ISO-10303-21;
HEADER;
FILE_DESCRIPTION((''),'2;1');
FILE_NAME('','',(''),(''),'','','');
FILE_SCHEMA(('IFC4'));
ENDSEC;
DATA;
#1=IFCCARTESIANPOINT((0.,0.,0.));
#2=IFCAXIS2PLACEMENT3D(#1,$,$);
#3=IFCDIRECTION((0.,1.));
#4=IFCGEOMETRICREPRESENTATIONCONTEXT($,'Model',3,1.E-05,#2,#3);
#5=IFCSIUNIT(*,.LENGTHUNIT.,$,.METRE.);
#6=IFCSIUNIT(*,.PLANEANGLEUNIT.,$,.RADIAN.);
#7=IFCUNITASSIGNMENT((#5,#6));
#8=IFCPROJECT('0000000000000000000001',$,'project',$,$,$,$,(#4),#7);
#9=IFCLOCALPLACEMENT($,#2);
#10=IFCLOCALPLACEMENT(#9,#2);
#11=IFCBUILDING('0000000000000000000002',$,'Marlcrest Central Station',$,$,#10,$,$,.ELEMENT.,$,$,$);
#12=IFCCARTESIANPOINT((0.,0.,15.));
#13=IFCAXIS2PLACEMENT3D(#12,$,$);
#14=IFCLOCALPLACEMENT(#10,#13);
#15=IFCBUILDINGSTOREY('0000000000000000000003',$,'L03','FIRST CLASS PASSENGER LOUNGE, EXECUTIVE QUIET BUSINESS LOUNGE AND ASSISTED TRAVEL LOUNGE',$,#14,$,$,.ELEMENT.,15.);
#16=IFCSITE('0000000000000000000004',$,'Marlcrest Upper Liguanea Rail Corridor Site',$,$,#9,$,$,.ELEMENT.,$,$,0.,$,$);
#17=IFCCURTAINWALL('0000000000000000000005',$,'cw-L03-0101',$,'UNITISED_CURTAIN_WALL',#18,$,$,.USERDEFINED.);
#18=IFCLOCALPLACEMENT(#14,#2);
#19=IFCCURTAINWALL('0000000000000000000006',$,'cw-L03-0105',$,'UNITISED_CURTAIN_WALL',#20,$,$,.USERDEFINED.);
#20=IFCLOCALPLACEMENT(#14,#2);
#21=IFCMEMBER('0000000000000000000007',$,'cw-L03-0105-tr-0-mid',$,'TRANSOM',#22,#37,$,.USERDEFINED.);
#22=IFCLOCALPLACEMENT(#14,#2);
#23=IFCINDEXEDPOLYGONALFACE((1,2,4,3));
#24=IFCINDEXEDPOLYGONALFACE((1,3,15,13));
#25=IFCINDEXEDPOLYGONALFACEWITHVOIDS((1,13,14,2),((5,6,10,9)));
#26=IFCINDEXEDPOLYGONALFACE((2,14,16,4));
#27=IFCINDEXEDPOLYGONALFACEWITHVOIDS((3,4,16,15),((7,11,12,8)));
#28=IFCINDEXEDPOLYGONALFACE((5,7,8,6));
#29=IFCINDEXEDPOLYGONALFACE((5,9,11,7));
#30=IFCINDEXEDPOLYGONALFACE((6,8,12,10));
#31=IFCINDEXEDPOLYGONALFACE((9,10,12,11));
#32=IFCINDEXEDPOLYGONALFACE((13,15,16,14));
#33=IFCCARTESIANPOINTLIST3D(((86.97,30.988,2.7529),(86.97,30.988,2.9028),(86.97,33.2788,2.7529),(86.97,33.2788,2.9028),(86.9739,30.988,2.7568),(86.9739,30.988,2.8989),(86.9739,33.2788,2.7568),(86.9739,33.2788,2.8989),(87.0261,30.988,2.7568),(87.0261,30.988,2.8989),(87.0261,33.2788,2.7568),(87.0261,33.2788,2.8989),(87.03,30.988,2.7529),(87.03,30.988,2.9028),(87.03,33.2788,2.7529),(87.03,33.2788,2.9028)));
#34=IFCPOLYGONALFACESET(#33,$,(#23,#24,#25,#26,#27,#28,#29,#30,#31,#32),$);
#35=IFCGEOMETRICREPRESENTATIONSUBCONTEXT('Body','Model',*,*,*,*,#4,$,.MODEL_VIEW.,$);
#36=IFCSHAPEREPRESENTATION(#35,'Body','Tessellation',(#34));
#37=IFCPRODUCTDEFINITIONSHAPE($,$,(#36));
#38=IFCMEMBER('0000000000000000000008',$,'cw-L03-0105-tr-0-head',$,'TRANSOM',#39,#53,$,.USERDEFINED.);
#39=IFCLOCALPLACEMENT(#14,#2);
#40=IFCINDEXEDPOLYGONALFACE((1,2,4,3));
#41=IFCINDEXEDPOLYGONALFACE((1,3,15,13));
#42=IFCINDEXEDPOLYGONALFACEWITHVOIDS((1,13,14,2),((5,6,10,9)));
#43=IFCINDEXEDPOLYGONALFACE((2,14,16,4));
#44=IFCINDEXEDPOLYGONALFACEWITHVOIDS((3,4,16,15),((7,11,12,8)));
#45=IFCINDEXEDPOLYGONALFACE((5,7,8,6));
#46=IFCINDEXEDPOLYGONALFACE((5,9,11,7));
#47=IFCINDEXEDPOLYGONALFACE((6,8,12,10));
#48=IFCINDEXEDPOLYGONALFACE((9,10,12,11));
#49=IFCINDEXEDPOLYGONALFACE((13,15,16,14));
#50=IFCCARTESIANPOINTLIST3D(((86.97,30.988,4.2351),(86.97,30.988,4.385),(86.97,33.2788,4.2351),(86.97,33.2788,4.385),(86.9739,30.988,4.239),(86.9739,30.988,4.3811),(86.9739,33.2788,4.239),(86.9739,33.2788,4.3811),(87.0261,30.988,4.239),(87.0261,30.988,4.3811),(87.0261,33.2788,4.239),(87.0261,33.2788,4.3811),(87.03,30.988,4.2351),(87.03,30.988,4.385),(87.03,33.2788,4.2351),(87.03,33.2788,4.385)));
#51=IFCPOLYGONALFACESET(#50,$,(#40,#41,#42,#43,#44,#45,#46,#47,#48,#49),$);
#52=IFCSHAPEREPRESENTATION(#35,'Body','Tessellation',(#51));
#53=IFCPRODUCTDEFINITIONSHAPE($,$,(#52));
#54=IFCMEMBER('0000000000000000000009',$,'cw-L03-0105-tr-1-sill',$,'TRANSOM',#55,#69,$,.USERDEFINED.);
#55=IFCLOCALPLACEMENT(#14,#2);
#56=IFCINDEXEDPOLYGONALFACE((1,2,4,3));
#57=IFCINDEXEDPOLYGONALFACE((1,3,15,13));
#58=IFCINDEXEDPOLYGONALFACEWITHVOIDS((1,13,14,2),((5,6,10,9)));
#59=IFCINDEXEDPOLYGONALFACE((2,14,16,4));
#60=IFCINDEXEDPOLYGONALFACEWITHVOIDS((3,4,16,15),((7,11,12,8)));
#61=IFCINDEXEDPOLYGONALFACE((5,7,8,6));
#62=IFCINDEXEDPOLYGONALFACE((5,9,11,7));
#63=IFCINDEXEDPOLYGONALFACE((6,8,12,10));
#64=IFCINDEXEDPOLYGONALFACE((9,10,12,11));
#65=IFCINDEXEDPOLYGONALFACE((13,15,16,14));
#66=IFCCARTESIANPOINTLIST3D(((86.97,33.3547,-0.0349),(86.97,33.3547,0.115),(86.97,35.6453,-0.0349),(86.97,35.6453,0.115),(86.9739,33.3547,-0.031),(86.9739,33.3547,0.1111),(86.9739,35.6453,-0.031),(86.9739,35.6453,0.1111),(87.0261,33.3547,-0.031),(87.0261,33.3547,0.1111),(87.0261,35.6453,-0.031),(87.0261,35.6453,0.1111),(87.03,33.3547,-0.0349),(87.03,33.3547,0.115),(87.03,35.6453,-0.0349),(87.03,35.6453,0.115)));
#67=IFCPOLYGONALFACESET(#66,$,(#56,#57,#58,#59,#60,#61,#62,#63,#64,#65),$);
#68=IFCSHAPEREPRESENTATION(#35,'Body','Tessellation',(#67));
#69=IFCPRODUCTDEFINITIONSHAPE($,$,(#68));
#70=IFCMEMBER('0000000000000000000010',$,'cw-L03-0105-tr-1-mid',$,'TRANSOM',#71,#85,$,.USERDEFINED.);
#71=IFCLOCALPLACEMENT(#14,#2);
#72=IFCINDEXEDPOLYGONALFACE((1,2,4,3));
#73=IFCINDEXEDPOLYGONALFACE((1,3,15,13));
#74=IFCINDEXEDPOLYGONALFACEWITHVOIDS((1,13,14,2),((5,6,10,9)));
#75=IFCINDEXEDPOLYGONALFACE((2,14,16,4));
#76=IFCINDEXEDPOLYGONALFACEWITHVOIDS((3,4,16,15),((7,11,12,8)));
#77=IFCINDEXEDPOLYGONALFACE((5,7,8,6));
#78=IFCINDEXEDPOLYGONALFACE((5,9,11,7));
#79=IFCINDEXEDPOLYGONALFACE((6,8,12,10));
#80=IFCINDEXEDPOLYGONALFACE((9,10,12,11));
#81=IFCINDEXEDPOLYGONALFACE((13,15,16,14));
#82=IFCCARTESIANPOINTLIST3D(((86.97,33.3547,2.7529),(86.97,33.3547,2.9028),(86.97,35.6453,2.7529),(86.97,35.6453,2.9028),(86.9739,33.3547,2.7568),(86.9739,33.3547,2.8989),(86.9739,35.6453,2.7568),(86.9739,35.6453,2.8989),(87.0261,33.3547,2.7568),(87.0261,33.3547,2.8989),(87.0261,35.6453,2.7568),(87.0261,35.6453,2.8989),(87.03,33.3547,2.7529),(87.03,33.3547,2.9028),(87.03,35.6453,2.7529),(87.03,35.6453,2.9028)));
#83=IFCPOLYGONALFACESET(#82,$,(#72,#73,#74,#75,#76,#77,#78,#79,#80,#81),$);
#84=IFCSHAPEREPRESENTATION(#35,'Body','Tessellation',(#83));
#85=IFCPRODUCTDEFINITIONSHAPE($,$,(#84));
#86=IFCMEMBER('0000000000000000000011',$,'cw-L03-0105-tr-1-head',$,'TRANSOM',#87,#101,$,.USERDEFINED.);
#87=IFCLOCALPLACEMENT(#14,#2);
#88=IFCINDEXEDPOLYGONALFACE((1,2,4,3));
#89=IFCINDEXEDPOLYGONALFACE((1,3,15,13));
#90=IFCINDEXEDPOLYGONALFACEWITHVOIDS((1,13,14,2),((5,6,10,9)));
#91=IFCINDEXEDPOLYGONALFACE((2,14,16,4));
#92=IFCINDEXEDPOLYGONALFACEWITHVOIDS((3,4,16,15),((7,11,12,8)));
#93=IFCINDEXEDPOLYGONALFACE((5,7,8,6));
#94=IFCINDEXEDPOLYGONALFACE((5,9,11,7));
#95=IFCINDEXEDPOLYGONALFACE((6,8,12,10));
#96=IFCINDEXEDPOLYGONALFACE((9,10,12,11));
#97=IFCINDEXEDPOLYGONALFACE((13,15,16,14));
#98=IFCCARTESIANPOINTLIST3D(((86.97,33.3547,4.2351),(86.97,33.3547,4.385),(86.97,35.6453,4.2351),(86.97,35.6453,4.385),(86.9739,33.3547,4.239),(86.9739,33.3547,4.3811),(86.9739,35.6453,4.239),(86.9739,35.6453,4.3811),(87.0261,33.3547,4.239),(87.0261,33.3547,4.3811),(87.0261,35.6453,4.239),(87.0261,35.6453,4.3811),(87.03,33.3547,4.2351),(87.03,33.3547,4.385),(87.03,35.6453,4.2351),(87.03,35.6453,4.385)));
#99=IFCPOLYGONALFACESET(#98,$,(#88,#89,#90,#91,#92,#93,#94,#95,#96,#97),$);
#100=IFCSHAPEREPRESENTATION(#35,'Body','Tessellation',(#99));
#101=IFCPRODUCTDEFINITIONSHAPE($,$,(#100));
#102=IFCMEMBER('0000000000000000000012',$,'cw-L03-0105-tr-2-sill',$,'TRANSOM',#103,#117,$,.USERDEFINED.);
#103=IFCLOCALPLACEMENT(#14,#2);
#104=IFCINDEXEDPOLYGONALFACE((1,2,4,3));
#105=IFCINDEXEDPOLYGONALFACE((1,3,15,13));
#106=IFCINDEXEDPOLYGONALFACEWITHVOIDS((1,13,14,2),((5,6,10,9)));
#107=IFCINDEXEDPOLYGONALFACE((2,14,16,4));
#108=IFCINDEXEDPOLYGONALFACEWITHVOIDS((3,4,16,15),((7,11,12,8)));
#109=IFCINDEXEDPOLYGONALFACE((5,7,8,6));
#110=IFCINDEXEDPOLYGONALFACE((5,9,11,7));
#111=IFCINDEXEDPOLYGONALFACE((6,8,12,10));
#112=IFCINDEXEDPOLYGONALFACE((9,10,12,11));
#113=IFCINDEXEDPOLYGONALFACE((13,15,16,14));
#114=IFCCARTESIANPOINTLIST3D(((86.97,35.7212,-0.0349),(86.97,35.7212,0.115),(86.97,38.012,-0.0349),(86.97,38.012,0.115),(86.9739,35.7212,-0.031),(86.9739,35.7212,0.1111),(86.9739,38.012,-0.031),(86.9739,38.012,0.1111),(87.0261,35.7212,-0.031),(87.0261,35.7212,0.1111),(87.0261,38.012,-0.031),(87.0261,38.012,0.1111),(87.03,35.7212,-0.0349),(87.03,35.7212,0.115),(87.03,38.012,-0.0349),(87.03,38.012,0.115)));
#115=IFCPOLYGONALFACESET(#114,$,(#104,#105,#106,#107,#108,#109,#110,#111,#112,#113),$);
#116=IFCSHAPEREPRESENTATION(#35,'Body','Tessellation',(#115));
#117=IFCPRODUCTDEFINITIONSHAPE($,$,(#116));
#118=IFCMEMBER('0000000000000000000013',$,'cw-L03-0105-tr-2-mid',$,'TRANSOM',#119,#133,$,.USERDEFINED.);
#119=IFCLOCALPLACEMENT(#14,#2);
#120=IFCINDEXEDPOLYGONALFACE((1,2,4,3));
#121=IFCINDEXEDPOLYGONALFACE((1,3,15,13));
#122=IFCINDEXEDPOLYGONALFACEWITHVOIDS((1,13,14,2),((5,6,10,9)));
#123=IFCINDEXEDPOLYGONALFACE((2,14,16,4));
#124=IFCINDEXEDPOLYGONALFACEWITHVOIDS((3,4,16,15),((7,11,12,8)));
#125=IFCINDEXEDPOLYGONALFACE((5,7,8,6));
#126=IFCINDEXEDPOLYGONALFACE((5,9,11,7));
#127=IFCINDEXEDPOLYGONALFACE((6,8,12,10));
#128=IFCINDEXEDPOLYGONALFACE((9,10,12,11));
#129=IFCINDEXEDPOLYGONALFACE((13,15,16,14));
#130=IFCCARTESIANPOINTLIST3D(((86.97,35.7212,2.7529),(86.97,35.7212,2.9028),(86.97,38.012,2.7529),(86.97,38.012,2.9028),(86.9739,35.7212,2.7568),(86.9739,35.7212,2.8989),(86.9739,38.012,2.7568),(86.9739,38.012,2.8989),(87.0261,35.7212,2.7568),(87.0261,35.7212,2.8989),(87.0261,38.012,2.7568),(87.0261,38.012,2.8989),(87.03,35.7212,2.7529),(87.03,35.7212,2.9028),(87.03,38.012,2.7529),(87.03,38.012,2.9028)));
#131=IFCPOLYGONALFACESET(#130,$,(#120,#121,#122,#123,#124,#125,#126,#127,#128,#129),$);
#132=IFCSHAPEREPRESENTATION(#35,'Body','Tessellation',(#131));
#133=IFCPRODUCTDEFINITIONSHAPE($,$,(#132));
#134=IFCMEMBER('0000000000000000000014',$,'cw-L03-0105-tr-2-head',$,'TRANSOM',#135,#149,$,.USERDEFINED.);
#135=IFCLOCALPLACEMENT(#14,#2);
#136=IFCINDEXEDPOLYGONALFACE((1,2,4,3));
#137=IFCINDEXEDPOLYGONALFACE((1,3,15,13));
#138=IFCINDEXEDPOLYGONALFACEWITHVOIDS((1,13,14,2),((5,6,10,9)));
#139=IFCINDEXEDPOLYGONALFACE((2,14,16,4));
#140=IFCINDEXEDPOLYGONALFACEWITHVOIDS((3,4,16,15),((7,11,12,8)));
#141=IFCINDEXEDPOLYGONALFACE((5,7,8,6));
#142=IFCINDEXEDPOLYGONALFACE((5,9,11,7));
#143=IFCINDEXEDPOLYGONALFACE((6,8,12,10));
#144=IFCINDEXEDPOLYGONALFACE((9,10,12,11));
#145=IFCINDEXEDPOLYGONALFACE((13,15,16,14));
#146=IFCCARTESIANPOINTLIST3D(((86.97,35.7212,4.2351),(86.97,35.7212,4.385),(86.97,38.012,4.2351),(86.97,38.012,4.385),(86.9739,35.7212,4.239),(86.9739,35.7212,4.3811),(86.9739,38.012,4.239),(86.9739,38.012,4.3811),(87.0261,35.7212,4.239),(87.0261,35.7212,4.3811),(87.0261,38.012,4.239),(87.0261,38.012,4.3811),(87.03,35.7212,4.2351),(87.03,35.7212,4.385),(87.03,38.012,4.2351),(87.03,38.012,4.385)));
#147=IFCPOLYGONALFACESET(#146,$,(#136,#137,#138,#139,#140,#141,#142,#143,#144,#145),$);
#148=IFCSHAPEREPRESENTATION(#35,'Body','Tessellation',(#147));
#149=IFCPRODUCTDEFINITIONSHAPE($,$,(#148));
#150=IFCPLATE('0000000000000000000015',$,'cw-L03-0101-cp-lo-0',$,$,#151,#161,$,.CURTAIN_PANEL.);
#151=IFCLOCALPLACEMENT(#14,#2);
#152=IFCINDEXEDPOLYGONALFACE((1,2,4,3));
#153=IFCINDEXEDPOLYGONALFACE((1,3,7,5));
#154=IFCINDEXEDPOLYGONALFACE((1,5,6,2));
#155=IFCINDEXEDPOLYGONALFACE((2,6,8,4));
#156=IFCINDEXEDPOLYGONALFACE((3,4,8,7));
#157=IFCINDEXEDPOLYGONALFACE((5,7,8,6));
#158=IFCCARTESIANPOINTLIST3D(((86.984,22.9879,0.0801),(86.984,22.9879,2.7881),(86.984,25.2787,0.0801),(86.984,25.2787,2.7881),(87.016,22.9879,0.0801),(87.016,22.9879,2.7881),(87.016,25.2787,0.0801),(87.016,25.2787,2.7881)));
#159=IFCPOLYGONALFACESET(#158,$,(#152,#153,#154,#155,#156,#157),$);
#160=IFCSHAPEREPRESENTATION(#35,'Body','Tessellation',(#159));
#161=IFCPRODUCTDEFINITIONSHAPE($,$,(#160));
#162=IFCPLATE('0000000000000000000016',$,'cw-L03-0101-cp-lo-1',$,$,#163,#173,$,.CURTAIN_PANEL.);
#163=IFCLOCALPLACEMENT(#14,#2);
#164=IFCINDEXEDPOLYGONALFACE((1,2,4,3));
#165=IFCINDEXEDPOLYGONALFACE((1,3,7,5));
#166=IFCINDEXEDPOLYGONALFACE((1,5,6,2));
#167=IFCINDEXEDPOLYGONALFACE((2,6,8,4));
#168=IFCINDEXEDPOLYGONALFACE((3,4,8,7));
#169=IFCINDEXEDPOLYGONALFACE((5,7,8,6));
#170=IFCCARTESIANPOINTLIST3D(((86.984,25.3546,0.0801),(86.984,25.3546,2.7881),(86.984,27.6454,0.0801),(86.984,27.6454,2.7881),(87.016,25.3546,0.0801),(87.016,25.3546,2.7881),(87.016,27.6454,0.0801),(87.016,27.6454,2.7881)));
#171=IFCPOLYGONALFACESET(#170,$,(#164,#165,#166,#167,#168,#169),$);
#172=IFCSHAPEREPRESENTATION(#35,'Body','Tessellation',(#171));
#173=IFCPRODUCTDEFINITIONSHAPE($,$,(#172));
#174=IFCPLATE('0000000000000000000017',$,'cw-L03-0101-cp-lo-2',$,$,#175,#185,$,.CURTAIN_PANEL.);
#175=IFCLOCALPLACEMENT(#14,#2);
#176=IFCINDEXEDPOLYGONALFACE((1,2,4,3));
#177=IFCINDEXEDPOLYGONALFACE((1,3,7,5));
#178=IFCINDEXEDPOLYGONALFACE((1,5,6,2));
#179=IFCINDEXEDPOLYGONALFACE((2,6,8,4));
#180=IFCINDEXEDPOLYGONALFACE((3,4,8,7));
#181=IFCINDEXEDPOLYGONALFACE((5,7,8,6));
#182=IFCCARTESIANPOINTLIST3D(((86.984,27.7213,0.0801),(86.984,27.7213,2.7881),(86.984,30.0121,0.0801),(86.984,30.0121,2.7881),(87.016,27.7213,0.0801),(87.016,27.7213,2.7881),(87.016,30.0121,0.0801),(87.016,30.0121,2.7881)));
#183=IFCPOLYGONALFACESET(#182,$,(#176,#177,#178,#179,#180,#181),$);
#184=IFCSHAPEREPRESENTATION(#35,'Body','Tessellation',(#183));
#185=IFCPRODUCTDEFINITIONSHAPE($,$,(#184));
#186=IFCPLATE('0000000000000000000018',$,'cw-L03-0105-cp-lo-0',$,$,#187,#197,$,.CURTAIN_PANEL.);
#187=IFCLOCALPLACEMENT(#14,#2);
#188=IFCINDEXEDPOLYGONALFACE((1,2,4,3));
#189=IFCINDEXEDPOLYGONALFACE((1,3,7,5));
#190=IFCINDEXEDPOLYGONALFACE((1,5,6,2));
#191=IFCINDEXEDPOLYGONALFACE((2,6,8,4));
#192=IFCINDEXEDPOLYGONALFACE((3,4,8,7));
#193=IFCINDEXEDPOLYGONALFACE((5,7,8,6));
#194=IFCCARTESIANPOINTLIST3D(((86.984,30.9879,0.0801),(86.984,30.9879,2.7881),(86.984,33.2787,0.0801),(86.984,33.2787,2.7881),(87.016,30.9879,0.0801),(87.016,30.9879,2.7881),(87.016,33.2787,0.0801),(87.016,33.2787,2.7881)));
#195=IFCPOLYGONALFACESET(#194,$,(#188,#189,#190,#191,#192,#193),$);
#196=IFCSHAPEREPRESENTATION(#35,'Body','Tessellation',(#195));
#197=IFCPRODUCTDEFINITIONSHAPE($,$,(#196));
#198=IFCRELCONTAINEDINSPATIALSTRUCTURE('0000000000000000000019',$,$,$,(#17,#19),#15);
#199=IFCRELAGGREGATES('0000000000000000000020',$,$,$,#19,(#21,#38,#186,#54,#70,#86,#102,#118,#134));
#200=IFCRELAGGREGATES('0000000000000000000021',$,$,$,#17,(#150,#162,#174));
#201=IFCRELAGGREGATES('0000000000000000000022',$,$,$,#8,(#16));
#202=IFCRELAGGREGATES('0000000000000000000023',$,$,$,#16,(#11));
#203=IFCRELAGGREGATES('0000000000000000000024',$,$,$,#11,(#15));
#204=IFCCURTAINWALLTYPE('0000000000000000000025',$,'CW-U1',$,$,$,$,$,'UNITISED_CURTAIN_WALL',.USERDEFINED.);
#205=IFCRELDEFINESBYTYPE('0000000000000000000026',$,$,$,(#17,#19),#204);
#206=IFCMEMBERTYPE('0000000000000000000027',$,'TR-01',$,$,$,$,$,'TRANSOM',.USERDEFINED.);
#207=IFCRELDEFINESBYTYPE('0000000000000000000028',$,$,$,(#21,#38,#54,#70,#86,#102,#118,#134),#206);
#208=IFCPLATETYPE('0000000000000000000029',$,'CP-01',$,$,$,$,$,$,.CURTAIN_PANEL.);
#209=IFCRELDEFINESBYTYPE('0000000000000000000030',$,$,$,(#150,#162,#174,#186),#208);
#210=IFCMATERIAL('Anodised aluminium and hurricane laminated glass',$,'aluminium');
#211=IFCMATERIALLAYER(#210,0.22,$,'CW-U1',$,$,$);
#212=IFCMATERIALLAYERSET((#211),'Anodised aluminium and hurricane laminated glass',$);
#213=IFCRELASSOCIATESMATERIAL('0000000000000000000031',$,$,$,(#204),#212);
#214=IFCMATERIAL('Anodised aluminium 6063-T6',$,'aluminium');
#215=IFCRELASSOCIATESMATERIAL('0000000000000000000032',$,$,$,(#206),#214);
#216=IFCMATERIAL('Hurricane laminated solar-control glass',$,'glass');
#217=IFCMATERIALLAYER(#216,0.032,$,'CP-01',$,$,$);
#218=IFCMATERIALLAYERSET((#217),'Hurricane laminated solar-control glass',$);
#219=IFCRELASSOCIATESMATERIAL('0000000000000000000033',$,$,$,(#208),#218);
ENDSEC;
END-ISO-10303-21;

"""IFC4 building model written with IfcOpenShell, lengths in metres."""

from ifc_helpers import new_model, si_unit, direction, frame, origin, origin_2d, place, context, subcontext, project, spatial, rectangle, hollow_rectangle, extrude, material, layer, layer_set, material_profile, profile_set, type_object, element, aggregate, save


model = new_model("IFC4")

# Units and contexts
model_context = context("Model", 3, precision=1e-05, world=origin(), true_north=direction((0.0, 1.0)))
body_context = subcontext(model_context, "Body", "Model", "MODEL_VIEW")
ifc_project = project(units=[si_unit("LENGTHUNIT", "METRE"), si_unit("PLANEANGLEUNIT", "RADIAN")], contexts=[model_context])

# Site, building, storey
site_placement = place(None, origin())
site = spatial("IfcSite", under=ifc_project, at=site_placement, Name="Marlcrest Upper Liguanea Rail Corridor Site", CompositionType="ELEMENT", RefElevation=0.0)
building_placement = place(site_placement, origin())
building = spatial("IfcBuilding", under=site, at=building_placement, Name="Marlcrest Central Station", CompositionType="ELEMENT")
storey_placement = place(building_placement, frame((0.0, 0.0, 15.0)))
storey = spatial("IfcBuildingStorey", under=building, at=storey_placement, Name="L03", Description="FIRST CLASS PASSENGER LOUNGE, EXECUTIVE QUIET BUSINESS LOUNGE AND ASSISTED TRAVEL LOUNGE", CompositionType="ELEMENT", Elevation=15.0)

# Curtain walls
ifc_material_1 = material(Name="Anodised aluminium and hurricane laminated glass", Category="aluminium")
ifc_layer_1 = layer(ifc_material_1, 0.22, Name="CW-U1")
ifc_layer_set_1 = layer_set([ifc_layer_1], Name="Anodised aluminium and hurricane laminated glass")
curtain_wall_type = type_object("IfcCurtainWallType", Name="CW-U1", ElementType="UNITISED_CURTAIN_WALL", PredefinedType="USERDEFINED", material=ifc_layer_set_1)
curtain_wall_1_placement = place(storey_placement, origin())
curtain_wall_1 = element("IfcCurtainWall", 1, at=curtain_wall_1_placement, inside=storey, type_object=curtain_wall_type, Name="cw-L03-0101", ObjectType="UNITISED_CURTAIN_WALL", PredefinedType="USERDEFINED")
ifc_material_2 = material(Name="Anodised aluminium 6063-T6", Category="aluminium")
curtain_wall_2_placement = place(storey_placement, origin())
curtain_wall_2 = element("IfcCurtainWall", 2, at=curtain_wall_2_placement, inside=storey, type_object=curtain_wall_type, Name="cw-L03-0105", ObjectType="UNITISED_CURTAIN_WALL", PredefinedType="USERDEFINED")

# Members
ifc_material_profile_1 = material_profile(ifc_material_2, hollow_rectangle(XDim=0.0601, YDim=0.1499, WallThickness=0.0039, at=origin_2d()), Name="AA-RHS 150x60x4")
ifc_profile_set_1 = profile_set([ifc_material_profile_1], Name="Anodised aluminium 6063-T6")
member_type_1 = type_object("IfcMemberType", Name="TR-01", ElementType="TRANSOM", PredefinedType="USERDEFINED", material=ifc_profile_set_1)
member_1_placement = place(storey_placement, frame((87.0, 30.988, 2.8279), z_axis=(0.0, 1.0, 0.0), x_axis=(-1.0, 0.0, 0.0)))
member_1 = element("IfcMember", 3, at=member_1_placement, type_object=member_type_1, Name="cw-L03-0105-tr-0-mid", ObjectType="TRANSOM", PredefinedType="USERDEFINED", context=body_context, shape_type="SweptSolid", body=[
    extrude(hollow_rectangle(XDim=0.0601, YDim=0.1499, WallThickness=0.0039, at=origin_2d()), origin(), (0.0, 0.0, 1.0), 2.2908),
])
member_2_placement = place(storey_placement, frame((87.0, 30.988, 4.3101), z_axis=(0.0, 1.0, 0.0), x_axis=(-1.0, 0.0, 0.0)))
member_2 = element("IfcMember", 4, at=member_2_placement, type_object=member_type_1, Name="cw-L03-0105-tr-0-head", ObjectType="TRANSOM", PredefinedType="USERDEFINED", context=body_context, shape_type="SweptSolid", body=[
    extrude(hollow_rectangle(XDim=0.0601, YDim=0.1499, WallThickness=0.0039, at=origin_2d()), origin(), (0.0, 0.0, 1.0), 2.2908),
])
member_3_placement = place(storey_placement, frame((87.0, 33.3547, 0.04), z_axis=(0.0, 1.0, 0.0), x_axis=(-1.0, 0.0, 0.0)))
member_3 = element("IfcMember", 5, at=member_3_placement, type_object=member_type_1, Name="cw-L03-0105-tr-1-sill", ObjectType="TRANSOM", PredefinedType="USERDEFINED", context=body_context, shape_type="SweptSolid", body=[
    extrude(hollow_rectangle(XDim=0.0601, YDim=0.1499, WallThickness=0.0039, at=origin_2d()), origin(), (0.0, 0.0, 1.0), 2.2905),
])
member_4_placement = place(storey_placement, frame((87.0, 33.3547, 2.8279), z_axis=(0.0, 1.0, 0.0), x_axis=(-1.0, 0.0, 0.0)))
member_4 = element("IfcMember", 6, at=member_4_placement, type_object=member_type_1, Name="cw-L03-0105-tr-1-mid", ObjectType="TRANSOM", PredefinedType="USERDEFINED", context=body_context, shape_type="SweptSolid", body=[
    extrude(hollow_rectangle(XDim=0.0601, YDim=0.1499, WallThickness=0.0039, at=origin_2d()), origin(), (0.0, 0.0, 1.0), 2.2905),
])
member_5_placement = place(storey_placement, frame((87.0, 33.3547, 4.3101), z_axis=(0.0, 1.0, 0.0), x_axis=(-1.0, 0.0, 0.0)))
member_5 = element("IfcMember", 7, at=member_5_placement, type_object=member_type_1, Name="cw-L03-0105-tr-1-head", ObjectType="TRANSOM", PredefinedType="USERDEFINED", context=body_context, shape_type="SweptSolid", body=[
    extrude(hollow_rectangle(XDim=0.0601, YDim=0.1499, WallThickness=0.0039, at=origin_2d()), origin(), (0.0, 0.0, 1.0), 2.2905),
])
member_6_placement = place(storey_placement, frame((87.0, 35.7212, 0.04), z_axis=(0.0, 1.0, 0.0), x_axis=(-1.0, 0.0, 0.0)))
member_6 = element("IfcMember", 8, at=member_6_placement, type_object=member_type_1, Name="cw-L03-0105-tr-2-sill", ObjectType="TRANSOM", PredefinedType="USERDEFINED", context=body_context, shape_type="SweptSolid", body=[
    extrude(hollow_rectangle(XDim=0.0601, YDim=0.1499, WallThickness=0.0039, at=origin_2d()), origin(), (0.0, 0.0, 1.0), 2.2908),
])
member_7_placement = place(storey_placement, frame((87.0, 35.7212, 2.8279), z_axis=(0.0, 1.0, 0.0), x_axis=(-1.0, 0.0, 0.0)))
member_7 = element("IfcMember", 9, at=member_7_placement, type_object=member_type_1, Name="cw-L03-0105-tr-2-mid", ObjectType="TRANSOM", PredefinedType="USERDEFINED", context=body_context, shape_type="SweptSolid", body=[
    extrude(hollow_rectangle(XDim=0.0601, YDim=0.1499, WallThickness=0.0039, at=origin_2d()), origin(), (0.0, 0.0, 1.0), 2.2908),
])
member_8_placement = place(storey_placement, frame((87.0, 35.7212, 4.3101), z_axis=(0.0, 1.0, 0.0), x_axis=(-1.0, 0.0, 0.0)))
member_8 = element("IfcMember", 10, at=member_8_placement, type_object=member_type_1, Name="cw-L03-0105-tr-2-head", ObjectType="TRANSOM", PredefinedType="USERDEFINED", context=body_context, shape_type="SweptSolid", body=[
    extrude(hollow_rectangle(XDim=0.0601, YDim=0.1499, WallThickness=0.0039, at=origin_2d()), origin(), (0.0, 0.0, 1.0), 2.2908),
])

# Plates
ifc_material_3 = material(Name="Hurricane laminated solar-control glass", Category="glass")
ifc_layer_2 = layer(ifc_material_3, 0.032, Name="CP-01")
ifc_layer_set_2 = layer_set([ifc_layer_2], Name="Hurricane laminated solar-control glass")
plate_type_1 = type_object("IfcPlateType", Name="CP-01", PredefinedType="CURTAIN_PANEL", material=ifc_layer_set_2)
plate_1_placement = place(storey_placement, frame((87.0, 24.1333, 0.0801), z_axis=(0.0, 0.0, 1.0), x_axis=(0.0, 1.0, 0.0)))
plate_1 = element("IfcPlate", 11, at=plate_1_placement, type_object=plate_type_1, Name="cw-L03-0101-cp-lo-0", PredefinedType="CURTAIN_PANEL", context=body_context, shape_type="SweptSolid", body=[
    extrude(rectangle(XDim=2.2908, YDim=0.032, at=origin_2d()), origin(), (0.0, 0.0, 1.0), 2.708),
])
plate_2_placement = place(storey_placement, frame((87.0, 26.5, 0.0801), z_axis=(0.0, 0.0, 1.0), x_axis=(0.0, 1.0, 0.0)))
plate_2 = element("IfcPlate", 12, at=plate_2_placement, type_object=plate_type_1, Name="cw-L03-0101-cp-lo-1", PredefinedType="CURTAIN_PANEL", context=body_context, shape_type="SweptSolid", body=[
    extrude(rectangle(XDim=2.2908, YDim=0.032, at=origin_2d()), origin(), (0.0, 0.0, 1.0), 2.708),
])
plate_3_placement = place(storey_placement, frame((87.0, 28.8667, 0.0801), z_axis=(0.0, 0.0, 1.0), x_axis=(0.0, 1.0, 0.0)))
plate_3 = element("IfcPlate", 13, at=plate_3_placement, type_object=plate_type_1, Name="cw-L03-0101-cp-lo-2", PredefinedType="CURTAIN_PANEL", context=body_context, shape_type="SweptSolid", body=[
    extrude(rectangle(XDim=2.2908, YDim=0.032, at=origin_2d()), origin(), (0.0, 0.0, 1.0), 2.708),
])
plate_4_placement = place(storey_placement, frame((87.0, 32.1333, 0.0801), z_axis=(0.0, 0.0, 1.0), x_axis=(0.0, 1.0, 0.0)))
plate_4 = element("IfcPlate", 14, at=plate_4_placement, type_object=plate_type_1, Name="cw-L03-0105-cp-lo-0", PredefinedType="CURTAIN_PANEL", context=body_context, shape_type="SweptSolid", body=[
    extrude(rectangle(XDim=2.2908, YDim=0.032, at=origin_2d()), origin(), (0.0, 0.0, 1.0), 2.708),
])
aggregate(curtain_wall_2, [member_1, member_2, plate_4, member_3, member_4, member_5, member_6, member_7, member_8])
aggregate(curtain_wall_1, [plate_1, plate_2, plate_3])

save(model, "model.ifc")
